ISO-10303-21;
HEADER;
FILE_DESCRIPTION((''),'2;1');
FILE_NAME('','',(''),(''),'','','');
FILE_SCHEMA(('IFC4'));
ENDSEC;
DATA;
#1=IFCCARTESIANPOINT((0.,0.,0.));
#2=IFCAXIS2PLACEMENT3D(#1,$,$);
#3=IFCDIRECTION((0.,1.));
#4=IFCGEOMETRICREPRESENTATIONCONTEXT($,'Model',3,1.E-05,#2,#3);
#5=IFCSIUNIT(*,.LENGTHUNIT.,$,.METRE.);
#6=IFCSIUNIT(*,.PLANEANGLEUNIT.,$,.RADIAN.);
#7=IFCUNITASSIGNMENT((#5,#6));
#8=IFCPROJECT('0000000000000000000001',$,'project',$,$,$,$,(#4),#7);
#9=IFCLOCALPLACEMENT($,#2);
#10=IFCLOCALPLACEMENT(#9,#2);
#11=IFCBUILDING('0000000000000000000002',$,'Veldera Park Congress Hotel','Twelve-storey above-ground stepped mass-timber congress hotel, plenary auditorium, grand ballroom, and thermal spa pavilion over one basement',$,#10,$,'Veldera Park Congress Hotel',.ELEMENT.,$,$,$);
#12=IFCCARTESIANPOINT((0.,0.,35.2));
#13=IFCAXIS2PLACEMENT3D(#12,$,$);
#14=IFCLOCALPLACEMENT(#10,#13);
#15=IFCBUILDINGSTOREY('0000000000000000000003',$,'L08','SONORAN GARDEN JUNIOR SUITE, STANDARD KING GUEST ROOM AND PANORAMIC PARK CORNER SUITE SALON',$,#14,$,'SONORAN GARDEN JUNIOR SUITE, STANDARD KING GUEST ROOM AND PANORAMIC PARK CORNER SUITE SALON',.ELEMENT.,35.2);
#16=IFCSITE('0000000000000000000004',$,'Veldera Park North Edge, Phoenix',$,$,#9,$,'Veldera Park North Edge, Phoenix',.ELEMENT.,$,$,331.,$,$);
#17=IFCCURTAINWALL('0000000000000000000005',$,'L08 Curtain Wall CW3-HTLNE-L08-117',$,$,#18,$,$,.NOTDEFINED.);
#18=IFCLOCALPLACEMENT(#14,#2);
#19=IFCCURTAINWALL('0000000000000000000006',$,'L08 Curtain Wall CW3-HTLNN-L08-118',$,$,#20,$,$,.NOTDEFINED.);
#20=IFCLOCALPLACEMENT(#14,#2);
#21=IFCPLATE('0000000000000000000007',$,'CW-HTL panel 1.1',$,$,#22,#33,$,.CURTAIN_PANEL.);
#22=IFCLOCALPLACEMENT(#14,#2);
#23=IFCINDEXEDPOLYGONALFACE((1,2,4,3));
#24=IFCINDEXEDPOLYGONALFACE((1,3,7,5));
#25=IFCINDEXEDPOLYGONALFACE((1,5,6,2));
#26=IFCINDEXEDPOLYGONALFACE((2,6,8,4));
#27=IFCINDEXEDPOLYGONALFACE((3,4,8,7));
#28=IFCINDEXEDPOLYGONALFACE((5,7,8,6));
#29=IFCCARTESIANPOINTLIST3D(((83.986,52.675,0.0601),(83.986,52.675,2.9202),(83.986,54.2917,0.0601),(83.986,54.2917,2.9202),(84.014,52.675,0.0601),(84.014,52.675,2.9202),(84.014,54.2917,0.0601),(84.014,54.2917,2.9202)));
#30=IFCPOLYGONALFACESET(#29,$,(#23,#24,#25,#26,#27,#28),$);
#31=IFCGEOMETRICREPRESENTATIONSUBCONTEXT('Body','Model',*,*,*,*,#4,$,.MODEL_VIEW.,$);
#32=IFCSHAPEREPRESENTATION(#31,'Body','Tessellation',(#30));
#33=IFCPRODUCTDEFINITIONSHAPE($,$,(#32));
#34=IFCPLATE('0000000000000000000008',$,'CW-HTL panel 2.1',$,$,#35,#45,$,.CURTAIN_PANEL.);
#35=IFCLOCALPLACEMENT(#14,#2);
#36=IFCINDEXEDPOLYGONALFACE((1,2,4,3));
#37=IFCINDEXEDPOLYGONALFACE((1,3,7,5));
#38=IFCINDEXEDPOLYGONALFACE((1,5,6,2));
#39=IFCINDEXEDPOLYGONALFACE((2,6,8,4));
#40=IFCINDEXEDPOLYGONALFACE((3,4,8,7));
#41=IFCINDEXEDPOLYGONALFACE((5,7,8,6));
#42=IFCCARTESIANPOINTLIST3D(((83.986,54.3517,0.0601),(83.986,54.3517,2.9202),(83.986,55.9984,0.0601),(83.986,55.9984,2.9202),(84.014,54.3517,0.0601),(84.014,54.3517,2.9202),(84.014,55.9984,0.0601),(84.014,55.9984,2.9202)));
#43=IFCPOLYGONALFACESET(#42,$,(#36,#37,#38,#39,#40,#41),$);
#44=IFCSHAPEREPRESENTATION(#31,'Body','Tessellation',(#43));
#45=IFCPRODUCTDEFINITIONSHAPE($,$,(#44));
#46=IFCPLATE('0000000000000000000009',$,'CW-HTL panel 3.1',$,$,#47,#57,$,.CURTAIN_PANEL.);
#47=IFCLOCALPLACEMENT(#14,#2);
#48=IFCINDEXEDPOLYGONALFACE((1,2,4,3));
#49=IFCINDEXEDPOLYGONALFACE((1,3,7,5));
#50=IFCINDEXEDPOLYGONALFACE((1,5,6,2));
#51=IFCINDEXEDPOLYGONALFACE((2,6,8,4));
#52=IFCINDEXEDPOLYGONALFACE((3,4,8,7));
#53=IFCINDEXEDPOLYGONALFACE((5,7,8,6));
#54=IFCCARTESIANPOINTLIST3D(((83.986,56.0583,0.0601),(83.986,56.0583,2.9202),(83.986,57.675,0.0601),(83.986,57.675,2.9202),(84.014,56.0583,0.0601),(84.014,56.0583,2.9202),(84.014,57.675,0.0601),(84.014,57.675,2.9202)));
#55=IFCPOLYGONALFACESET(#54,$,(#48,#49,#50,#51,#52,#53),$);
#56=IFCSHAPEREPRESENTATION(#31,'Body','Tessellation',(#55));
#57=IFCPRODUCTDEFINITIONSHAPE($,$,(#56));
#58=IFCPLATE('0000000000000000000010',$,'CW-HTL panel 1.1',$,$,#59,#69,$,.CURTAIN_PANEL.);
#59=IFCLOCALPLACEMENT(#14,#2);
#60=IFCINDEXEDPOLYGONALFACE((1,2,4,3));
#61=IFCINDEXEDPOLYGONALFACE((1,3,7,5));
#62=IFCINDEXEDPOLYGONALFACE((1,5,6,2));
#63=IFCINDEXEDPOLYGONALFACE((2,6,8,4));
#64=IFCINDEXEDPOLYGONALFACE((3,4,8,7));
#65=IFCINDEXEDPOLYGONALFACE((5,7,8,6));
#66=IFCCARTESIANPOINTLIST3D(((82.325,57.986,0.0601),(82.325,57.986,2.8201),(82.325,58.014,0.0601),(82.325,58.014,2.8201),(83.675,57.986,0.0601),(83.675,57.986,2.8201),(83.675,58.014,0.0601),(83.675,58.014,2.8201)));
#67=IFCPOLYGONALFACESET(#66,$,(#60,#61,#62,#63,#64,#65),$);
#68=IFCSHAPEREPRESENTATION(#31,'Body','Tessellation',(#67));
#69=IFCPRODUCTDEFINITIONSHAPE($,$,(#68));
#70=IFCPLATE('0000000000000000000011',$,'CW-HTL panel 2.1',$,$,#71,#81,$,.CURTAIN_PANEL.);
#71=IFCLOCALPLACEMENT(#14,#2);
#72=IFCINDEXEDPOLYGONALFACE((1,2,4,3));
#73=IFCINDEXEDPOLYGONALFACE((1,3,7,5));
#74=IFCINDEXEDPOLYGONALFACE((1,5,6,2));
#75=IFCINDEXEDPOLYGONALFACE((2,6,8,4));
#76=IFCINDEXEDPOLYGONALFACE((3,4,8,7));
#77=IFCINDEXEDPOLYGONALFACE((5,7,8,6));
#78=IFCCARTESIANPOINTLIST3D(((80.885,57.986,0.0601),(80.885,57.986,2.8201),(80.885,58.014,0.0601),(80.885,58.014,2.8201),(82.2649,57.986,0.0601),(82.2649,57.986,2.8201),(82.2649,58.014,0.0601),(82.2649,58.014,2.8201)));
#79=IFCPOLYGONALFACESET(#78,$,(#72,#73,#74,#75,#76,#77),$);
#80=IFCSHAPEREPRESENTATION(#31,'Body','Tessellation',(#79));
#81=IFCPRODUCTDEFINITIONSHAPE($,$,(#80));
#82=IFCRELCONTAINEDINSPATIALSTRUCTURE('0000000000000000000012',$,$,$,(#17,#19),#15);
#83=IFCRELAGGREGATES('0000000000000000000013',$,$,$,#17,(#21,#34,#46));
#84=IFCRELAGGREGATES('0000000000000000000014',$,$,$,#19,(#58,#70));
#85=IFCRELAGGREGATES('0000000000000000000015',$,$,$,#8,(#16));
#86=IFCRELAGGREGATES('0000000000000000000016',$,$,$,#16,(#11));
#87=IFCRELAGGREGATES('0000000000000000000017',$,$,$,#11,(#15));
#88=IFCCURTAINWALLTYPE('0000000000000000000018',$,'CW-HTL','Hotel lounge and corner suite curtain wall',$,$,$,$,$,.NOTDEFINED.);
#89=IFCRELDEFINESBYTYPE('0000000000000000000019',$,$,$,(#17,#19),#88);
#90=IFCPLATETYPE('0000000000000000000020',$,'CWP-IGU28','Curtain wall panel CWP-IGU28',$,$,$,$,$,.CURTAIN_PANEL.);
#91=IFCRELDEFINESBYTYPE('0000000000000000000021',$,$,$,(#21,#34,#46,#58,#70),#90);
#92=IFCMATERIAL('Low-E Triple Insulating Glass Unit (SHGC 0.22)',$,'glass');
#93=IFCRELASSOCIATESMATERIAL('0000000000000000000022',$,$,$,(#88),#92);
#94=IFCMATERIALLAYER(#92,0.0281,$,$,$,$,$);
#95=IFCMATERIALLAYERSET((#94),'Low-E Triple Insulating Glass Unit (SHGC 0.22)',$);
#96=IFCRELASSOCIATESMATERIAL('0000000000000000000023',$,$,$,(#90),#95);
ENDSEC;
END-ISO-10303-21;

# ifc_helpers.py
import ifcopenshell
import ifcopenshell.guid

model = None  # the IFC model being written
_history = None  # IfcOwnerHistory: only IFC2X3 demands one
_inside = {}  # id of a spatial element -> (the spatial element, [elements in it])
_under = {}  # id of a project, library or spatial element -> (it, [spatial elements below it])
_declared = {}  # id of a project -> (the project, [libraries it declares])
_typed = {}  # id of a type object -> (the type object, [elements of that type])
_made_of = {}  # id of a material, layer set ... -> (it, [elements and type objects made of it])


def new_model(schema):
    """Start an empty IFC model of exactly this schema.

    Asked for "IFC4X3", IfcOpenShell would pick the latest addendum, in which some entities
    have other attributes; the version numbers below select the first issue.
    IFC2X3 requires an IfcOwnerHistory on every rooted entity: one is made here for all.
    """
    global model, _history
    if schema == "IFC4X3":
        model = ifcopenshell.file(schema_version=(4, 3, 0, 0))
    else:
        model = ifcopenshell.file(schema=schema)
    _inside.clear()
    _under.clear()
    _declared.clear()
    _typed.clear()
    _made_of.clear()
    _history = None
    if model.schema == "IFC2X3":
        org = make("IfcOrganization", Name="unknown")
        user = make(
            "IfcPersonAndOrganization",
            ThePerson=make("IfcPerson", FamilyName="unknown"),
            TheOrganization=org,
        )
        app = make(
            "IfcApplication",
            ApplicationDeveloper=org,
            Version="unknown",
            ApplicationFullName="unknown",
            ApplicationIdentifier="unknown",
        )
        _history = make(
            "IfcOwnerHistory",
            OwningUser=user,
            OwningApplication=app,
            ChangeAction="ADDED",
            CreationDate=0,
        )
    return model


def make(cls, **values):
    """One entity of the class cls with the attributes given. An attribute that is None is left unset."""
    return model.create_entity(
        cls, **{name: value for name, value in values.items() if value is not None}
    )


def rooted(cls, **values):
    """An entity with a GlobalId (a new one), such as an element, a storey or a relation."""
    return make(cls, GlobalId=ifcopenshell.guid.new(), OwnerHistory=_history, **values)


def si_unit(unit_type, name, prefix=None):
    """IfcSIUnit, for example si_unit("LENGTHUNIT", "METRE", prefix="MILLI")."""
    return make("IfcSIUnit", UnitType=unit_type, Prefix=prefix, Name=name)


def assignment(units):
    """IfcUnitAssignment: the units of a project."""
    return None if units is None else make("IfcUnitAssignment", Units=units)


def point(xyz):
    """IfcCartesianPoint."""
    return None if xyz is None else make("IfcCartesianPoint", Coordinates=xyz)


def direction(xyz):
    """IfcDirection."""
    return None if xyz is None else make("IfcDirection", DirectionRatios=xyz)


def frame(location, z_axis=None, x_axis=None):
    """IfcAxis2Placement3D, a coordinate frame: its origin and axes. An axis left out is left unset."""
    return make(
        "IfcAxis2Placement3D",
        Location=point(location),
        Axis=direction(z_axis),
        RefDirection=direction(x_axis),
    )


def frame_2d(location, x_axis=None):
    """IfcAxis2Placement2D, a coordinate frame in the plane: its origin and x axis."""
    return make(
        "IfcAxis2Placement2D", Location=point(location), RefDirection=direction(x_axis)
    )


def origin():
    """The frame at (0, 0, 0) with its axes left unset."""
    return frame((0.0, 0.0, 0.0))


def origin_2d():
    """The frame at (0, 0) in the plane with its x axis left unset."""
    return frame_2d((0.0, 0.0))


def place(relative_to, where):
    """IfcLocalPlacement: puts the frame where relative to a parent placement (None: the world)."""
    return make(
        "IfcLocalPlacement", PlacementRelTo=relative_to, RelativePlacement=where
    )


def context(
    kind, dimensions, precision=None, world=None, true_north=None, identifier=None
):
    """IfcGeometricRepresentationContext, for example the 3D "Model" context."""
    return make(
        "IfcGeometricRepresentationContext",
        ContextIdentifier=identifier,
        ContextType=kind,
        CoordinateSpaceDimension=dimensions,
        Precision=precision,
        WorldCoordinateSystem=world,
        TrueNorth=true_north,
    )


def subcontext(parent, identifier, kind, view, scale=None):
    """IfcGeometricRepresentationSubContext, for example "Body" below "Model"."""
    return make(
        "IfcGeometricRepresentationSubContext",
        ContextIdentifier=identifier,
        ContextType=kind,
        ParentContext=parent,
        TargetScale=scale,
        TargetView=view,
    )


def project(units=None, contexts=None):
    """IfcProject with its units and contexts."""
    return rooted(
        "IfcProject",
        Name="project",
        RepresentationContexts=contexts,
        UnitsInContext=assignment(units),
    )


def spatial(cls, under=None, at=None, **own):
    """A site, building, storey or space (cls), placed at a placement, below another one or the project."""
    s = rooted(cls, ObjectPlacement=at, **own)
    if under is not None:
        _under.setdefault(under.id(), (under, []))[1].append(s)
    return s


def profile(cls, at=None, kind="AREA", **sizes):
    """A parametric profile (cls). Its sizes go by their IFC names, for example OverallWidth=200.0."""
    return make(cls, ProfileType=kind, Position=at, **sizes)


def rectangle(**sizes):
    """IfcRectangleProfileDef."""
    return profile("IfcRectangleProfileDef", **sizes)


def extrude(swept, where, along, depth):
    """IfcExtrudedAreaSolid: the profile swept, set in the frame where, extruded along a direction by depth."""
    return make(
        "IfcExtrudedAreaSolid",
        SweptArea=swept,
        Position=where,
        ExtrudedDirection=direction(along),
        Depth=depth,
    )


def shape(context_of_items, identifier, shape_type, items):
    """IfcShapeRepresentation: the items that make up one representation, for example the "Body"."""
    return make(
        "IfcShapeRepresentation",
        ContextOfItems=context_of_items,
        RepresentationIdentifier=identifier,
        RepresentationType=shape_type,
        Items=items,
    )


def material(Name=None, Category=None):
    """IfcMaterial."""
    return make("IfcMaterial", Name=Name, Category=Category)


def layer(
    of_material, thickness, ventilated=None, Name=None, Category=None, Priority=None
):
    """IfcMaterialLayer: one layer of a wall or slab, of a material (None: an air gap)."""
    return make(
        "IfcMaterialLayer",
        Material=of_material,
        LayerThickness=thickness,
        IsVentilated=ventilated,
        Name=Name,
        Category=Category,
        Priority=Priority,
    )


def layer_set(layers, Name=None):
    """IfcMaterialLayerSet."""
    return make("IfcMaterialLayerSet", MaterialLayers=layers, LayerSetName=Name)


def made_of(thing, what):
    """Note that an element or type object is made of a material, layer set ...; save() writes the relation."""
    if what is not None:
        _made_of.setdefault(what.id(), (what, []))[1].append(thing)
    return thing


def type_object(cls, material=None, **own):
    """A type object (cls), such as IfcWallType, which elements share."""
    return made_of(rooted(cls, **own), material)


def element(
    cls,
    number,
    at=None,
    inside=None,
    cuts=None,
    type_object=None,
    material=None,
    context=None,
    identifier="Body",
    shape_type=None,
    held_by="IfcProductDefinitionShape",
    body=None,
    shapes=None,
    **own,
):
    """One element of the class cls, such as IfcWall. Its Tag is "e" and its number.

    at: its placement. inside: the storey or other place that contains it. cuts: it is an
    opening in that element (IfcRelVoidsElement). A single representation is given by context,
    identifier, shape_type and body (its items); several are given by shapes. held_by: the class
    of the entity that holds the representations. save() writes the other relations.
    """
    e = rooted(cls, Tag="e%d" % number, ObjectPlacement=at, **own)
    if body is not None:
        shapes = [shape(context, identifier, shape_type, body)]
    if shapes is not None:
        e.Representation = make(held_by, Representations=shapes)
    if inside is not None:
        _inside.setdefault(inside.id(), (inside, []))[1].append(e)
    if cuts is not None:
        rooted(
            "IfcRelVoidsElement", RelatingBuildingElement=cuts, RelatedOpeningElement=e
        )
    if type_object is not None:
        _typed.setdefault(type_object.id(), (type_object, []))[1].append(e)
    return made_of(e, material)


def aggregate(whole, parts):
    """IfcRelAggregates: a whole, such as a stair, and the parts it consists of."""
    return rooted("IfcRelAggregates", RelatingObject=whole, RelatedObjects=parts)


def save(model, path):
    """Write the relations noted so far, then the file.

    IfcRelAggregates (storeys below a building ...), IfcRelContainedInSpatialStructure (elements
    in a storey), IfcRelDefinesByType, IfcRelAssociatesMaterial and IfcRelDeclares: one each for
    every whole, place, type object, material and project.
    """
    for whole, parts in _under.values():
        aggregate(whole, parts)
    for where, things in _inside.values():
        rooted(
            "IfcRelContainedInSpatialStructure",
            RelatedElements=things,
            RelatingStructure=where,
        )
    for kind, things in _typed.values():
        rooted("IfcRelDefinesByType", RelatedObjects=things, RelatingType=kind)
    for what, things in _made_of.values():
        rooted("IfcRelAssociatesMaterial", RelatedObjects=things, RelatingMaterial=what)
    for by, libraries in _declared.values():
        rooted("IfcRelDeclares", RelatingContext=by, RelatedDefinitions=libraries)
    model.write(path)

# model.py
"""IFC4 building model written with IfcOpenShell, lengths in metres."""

from ifc_helpers import new_model, si_unit, direction, frame, origin, origin_2d, place, context, subcontext, project, spatial, rectangle, extrude, material, layer, layer_set, type_object, element, aggregate, save


model = new_model("IFC4")

# Units and contexts
model_context = context("Model", 3, precision=1e-05, world=origin(), true_north=direction((0.0, 1.0)))
body_context = subcontext(model_context, "Body", "Model", "MODEL_VIEW")
ifc_project = project(units=[si_unit("LENGTHUNIT", "METRE"), si_unit("PLANEANGLEUNIT", "RADIAN")], contexts=[model_context])

# Site, building, storey
site_placement = place(None, origin())
site = spatial("IfcSite", under=ifc_project, at=site_placement, Name="Veldera Park North Edge, Phoenix", LongName="Veldera Park North Edge, Phoenix", CompositionType="ELEMENT", RefElevation=331.0)
building_placement = place(site_placement, origin())
building = spatial("IfcBuilding", under=site, at=building_placement, Name="Veldera Park Congress Hotel", Description="Twelve-storey above-ground stepped mass-timber congress hotel, plenary auditorium, grand ballroom, and thermal spa pavilion over one basement", LongName="Veldera Park Congress Hotel", CompositionType="ELEMENT")
storey_placement = place(building_placement, frame((0.0, 0.0, 35.2)))
storey = spatial("IfcBuildingStorey", under=building, at=storey_placement, Name="L08", Description="SONORAN GARDEN JUNIOR SUITE, STANDARD KING GUEST ROOM AND PANORAMIC PARK CORNER SUITE SALON", LongName="SONORAN GARDEN JUNIOR SUITE, STANDARD KING GUEST ROOM AND PANORAMIC PARK CORNER SUITE SALON", CompositionType="ELEMENT", Elevation=35.2)

# Curtain walls
ifc_material_1 = material(Name="Low-E Triple Insulating Glass Unit (SHGC 0.22)", Category="glass")
curtain_wall_type = type_object("IfcCurtainWallType", Name="CW-HTL", Description="Hotel lounge and corner suite curtain wall", PredefinedType="NOTDEFINED", material=ifc_material_1)
curtain_wall_1_placement = place(storey_placement, origin())
curtain_wall_1 = element("IfcCurtainWall", 1, at=curtain_wall_1_placement, inside=storey, type_object=curtain_wall_type, Name="L08 Curtain Wall CW3-HTLNE-L08-117", PredefinedType="NOTDEFINED")
curtain_wall_2_placement = place(storey_placement, origin())
curtain_wall_2 = element("IfcCurtainWall", 2, at=curtain_wall_2_placement, inside=storey, type_object=curtain_wall_type, Name="L08 Curtain Wall CW3-HTLNN-L08-118", PredefinedType="NOTDEFINED")

# Plates
ifc_layer = layer(ifc_material_1, 0.0281)
ifc_layer_set = layer_set([ifc_layer], Name="Low-E Triple Insulating Glass Unit (SHGC 0.22)")
plate_type = type_object("IfcPlateType", Name="CWP-IGU28", Description="Curtain wall panel CWP-IGU28", PredefinedType="CURTAIN_PANEL", material=ifc_layer_set)
plate_1_placement = place(storey_placement, frame((84.0, 53.4834, 0.0601), z_axis=(0.0, 0.0, 1.0), x_axis=(0.0, 1.0, 0.0)))
plate_1 = element("IfcPlate", 3, at=plate_1_placement, type_object=plate_type, Name="CW-HTL panel 1.1", PredefinedType="CURTAIN_PANEL", context=body_context, shape_type="SweptSolid", body=[
    extrude(rectangle(XDim=1.6167, YDim=0.0281, at=origin_2d()), origin(), (0.0, 0.0, 1.0), 2.8601),
])
plate_2_placement = place(storey_placement, frame((84.0, 55.175, 0.0601), z_axis=(0.0, 0.0, 1.0), x_axis=(0.0, 1.0, 0.0)))
plate_2 = element("IfcPlate", 4, at=plate_2_placement, type_object=plate_type, Name="CW-HTL panel 2.1", PredefinedType="CURTAIN_PANEL", context=body_context, shape_type="SweptSolid", body=[
    extrude(rectangle(XDim=1.6467, YDim=0.0281, at=origin_2d()), origin(), (0.0, 0.0, 1.0), 2.8601),
])
plate_3_placement = place(storey_placement, frame((84.0, 56.8667, 0.0601), z_axis=(0.0, 0.0, 1.0), x_axis=(0.0, 1.0, 0.0)))
plate_3 = element("IfcPlate", 5, at=plate_3_placement, type_object=plate_type, Name="CW-HTL panel 3.1", PredefinedType="CURTAIN_PANEL", context=body_context, shape_type="SweptSolid", body=[
    extrude(rectangle(XDim=1.6167, YDim=0.0281, at=origin_2d()), origin(), (0.0, 0.0, 1.0), 2.8601),
])
aggregate(curtain_wall_1, [plate_1, plate_2, plate_3])
plate_4_placement = place(storey_placement, frame((83.0, 58.0, 0.0601), z_axis=(0.0, 0.0, 1.0), x_axis=(-1.0, 0.0, 0.0)))
plate_4 = element("IfcPlate", 6, at=plate_4_placement, type_object=plate_type, Name="CW-HTL panel 1.1", PredefinedType="CURTAIN_PANEL", context=body_context, shape_type="SweptSolid", body=[
    extrude(rectangle(XDim=1.3501, YDim=0.0281, at=origin_2d()), origin(), (0.0, 0.0, 1.0), 2.76),
])
plate_5_placement = place(storey_placement, frame((81.575, 58.0, 0.0601), z_axis=(0.0, 0.0, 1.0), x_axis=(-1.0, 0.0, 0.0)))
plate_5 = element("IfcPlate", 7, at=plate_5_placement, type_object=plate_type, Name="CW-HTL panel 2.1", PredefinedType="CURTAIN_PANEL", context=body_context, shape_type="SweptSolid", body=[
    extrude(rectangle(XDim=1.3799, YDim=0.0281, at=origin_2d()), origin(), (0.0, 0.0, 1.0), 2.76),
])
aggregate(curtain_wall_2, [plate_4, plate_5])

save(model, "model.ifc")
